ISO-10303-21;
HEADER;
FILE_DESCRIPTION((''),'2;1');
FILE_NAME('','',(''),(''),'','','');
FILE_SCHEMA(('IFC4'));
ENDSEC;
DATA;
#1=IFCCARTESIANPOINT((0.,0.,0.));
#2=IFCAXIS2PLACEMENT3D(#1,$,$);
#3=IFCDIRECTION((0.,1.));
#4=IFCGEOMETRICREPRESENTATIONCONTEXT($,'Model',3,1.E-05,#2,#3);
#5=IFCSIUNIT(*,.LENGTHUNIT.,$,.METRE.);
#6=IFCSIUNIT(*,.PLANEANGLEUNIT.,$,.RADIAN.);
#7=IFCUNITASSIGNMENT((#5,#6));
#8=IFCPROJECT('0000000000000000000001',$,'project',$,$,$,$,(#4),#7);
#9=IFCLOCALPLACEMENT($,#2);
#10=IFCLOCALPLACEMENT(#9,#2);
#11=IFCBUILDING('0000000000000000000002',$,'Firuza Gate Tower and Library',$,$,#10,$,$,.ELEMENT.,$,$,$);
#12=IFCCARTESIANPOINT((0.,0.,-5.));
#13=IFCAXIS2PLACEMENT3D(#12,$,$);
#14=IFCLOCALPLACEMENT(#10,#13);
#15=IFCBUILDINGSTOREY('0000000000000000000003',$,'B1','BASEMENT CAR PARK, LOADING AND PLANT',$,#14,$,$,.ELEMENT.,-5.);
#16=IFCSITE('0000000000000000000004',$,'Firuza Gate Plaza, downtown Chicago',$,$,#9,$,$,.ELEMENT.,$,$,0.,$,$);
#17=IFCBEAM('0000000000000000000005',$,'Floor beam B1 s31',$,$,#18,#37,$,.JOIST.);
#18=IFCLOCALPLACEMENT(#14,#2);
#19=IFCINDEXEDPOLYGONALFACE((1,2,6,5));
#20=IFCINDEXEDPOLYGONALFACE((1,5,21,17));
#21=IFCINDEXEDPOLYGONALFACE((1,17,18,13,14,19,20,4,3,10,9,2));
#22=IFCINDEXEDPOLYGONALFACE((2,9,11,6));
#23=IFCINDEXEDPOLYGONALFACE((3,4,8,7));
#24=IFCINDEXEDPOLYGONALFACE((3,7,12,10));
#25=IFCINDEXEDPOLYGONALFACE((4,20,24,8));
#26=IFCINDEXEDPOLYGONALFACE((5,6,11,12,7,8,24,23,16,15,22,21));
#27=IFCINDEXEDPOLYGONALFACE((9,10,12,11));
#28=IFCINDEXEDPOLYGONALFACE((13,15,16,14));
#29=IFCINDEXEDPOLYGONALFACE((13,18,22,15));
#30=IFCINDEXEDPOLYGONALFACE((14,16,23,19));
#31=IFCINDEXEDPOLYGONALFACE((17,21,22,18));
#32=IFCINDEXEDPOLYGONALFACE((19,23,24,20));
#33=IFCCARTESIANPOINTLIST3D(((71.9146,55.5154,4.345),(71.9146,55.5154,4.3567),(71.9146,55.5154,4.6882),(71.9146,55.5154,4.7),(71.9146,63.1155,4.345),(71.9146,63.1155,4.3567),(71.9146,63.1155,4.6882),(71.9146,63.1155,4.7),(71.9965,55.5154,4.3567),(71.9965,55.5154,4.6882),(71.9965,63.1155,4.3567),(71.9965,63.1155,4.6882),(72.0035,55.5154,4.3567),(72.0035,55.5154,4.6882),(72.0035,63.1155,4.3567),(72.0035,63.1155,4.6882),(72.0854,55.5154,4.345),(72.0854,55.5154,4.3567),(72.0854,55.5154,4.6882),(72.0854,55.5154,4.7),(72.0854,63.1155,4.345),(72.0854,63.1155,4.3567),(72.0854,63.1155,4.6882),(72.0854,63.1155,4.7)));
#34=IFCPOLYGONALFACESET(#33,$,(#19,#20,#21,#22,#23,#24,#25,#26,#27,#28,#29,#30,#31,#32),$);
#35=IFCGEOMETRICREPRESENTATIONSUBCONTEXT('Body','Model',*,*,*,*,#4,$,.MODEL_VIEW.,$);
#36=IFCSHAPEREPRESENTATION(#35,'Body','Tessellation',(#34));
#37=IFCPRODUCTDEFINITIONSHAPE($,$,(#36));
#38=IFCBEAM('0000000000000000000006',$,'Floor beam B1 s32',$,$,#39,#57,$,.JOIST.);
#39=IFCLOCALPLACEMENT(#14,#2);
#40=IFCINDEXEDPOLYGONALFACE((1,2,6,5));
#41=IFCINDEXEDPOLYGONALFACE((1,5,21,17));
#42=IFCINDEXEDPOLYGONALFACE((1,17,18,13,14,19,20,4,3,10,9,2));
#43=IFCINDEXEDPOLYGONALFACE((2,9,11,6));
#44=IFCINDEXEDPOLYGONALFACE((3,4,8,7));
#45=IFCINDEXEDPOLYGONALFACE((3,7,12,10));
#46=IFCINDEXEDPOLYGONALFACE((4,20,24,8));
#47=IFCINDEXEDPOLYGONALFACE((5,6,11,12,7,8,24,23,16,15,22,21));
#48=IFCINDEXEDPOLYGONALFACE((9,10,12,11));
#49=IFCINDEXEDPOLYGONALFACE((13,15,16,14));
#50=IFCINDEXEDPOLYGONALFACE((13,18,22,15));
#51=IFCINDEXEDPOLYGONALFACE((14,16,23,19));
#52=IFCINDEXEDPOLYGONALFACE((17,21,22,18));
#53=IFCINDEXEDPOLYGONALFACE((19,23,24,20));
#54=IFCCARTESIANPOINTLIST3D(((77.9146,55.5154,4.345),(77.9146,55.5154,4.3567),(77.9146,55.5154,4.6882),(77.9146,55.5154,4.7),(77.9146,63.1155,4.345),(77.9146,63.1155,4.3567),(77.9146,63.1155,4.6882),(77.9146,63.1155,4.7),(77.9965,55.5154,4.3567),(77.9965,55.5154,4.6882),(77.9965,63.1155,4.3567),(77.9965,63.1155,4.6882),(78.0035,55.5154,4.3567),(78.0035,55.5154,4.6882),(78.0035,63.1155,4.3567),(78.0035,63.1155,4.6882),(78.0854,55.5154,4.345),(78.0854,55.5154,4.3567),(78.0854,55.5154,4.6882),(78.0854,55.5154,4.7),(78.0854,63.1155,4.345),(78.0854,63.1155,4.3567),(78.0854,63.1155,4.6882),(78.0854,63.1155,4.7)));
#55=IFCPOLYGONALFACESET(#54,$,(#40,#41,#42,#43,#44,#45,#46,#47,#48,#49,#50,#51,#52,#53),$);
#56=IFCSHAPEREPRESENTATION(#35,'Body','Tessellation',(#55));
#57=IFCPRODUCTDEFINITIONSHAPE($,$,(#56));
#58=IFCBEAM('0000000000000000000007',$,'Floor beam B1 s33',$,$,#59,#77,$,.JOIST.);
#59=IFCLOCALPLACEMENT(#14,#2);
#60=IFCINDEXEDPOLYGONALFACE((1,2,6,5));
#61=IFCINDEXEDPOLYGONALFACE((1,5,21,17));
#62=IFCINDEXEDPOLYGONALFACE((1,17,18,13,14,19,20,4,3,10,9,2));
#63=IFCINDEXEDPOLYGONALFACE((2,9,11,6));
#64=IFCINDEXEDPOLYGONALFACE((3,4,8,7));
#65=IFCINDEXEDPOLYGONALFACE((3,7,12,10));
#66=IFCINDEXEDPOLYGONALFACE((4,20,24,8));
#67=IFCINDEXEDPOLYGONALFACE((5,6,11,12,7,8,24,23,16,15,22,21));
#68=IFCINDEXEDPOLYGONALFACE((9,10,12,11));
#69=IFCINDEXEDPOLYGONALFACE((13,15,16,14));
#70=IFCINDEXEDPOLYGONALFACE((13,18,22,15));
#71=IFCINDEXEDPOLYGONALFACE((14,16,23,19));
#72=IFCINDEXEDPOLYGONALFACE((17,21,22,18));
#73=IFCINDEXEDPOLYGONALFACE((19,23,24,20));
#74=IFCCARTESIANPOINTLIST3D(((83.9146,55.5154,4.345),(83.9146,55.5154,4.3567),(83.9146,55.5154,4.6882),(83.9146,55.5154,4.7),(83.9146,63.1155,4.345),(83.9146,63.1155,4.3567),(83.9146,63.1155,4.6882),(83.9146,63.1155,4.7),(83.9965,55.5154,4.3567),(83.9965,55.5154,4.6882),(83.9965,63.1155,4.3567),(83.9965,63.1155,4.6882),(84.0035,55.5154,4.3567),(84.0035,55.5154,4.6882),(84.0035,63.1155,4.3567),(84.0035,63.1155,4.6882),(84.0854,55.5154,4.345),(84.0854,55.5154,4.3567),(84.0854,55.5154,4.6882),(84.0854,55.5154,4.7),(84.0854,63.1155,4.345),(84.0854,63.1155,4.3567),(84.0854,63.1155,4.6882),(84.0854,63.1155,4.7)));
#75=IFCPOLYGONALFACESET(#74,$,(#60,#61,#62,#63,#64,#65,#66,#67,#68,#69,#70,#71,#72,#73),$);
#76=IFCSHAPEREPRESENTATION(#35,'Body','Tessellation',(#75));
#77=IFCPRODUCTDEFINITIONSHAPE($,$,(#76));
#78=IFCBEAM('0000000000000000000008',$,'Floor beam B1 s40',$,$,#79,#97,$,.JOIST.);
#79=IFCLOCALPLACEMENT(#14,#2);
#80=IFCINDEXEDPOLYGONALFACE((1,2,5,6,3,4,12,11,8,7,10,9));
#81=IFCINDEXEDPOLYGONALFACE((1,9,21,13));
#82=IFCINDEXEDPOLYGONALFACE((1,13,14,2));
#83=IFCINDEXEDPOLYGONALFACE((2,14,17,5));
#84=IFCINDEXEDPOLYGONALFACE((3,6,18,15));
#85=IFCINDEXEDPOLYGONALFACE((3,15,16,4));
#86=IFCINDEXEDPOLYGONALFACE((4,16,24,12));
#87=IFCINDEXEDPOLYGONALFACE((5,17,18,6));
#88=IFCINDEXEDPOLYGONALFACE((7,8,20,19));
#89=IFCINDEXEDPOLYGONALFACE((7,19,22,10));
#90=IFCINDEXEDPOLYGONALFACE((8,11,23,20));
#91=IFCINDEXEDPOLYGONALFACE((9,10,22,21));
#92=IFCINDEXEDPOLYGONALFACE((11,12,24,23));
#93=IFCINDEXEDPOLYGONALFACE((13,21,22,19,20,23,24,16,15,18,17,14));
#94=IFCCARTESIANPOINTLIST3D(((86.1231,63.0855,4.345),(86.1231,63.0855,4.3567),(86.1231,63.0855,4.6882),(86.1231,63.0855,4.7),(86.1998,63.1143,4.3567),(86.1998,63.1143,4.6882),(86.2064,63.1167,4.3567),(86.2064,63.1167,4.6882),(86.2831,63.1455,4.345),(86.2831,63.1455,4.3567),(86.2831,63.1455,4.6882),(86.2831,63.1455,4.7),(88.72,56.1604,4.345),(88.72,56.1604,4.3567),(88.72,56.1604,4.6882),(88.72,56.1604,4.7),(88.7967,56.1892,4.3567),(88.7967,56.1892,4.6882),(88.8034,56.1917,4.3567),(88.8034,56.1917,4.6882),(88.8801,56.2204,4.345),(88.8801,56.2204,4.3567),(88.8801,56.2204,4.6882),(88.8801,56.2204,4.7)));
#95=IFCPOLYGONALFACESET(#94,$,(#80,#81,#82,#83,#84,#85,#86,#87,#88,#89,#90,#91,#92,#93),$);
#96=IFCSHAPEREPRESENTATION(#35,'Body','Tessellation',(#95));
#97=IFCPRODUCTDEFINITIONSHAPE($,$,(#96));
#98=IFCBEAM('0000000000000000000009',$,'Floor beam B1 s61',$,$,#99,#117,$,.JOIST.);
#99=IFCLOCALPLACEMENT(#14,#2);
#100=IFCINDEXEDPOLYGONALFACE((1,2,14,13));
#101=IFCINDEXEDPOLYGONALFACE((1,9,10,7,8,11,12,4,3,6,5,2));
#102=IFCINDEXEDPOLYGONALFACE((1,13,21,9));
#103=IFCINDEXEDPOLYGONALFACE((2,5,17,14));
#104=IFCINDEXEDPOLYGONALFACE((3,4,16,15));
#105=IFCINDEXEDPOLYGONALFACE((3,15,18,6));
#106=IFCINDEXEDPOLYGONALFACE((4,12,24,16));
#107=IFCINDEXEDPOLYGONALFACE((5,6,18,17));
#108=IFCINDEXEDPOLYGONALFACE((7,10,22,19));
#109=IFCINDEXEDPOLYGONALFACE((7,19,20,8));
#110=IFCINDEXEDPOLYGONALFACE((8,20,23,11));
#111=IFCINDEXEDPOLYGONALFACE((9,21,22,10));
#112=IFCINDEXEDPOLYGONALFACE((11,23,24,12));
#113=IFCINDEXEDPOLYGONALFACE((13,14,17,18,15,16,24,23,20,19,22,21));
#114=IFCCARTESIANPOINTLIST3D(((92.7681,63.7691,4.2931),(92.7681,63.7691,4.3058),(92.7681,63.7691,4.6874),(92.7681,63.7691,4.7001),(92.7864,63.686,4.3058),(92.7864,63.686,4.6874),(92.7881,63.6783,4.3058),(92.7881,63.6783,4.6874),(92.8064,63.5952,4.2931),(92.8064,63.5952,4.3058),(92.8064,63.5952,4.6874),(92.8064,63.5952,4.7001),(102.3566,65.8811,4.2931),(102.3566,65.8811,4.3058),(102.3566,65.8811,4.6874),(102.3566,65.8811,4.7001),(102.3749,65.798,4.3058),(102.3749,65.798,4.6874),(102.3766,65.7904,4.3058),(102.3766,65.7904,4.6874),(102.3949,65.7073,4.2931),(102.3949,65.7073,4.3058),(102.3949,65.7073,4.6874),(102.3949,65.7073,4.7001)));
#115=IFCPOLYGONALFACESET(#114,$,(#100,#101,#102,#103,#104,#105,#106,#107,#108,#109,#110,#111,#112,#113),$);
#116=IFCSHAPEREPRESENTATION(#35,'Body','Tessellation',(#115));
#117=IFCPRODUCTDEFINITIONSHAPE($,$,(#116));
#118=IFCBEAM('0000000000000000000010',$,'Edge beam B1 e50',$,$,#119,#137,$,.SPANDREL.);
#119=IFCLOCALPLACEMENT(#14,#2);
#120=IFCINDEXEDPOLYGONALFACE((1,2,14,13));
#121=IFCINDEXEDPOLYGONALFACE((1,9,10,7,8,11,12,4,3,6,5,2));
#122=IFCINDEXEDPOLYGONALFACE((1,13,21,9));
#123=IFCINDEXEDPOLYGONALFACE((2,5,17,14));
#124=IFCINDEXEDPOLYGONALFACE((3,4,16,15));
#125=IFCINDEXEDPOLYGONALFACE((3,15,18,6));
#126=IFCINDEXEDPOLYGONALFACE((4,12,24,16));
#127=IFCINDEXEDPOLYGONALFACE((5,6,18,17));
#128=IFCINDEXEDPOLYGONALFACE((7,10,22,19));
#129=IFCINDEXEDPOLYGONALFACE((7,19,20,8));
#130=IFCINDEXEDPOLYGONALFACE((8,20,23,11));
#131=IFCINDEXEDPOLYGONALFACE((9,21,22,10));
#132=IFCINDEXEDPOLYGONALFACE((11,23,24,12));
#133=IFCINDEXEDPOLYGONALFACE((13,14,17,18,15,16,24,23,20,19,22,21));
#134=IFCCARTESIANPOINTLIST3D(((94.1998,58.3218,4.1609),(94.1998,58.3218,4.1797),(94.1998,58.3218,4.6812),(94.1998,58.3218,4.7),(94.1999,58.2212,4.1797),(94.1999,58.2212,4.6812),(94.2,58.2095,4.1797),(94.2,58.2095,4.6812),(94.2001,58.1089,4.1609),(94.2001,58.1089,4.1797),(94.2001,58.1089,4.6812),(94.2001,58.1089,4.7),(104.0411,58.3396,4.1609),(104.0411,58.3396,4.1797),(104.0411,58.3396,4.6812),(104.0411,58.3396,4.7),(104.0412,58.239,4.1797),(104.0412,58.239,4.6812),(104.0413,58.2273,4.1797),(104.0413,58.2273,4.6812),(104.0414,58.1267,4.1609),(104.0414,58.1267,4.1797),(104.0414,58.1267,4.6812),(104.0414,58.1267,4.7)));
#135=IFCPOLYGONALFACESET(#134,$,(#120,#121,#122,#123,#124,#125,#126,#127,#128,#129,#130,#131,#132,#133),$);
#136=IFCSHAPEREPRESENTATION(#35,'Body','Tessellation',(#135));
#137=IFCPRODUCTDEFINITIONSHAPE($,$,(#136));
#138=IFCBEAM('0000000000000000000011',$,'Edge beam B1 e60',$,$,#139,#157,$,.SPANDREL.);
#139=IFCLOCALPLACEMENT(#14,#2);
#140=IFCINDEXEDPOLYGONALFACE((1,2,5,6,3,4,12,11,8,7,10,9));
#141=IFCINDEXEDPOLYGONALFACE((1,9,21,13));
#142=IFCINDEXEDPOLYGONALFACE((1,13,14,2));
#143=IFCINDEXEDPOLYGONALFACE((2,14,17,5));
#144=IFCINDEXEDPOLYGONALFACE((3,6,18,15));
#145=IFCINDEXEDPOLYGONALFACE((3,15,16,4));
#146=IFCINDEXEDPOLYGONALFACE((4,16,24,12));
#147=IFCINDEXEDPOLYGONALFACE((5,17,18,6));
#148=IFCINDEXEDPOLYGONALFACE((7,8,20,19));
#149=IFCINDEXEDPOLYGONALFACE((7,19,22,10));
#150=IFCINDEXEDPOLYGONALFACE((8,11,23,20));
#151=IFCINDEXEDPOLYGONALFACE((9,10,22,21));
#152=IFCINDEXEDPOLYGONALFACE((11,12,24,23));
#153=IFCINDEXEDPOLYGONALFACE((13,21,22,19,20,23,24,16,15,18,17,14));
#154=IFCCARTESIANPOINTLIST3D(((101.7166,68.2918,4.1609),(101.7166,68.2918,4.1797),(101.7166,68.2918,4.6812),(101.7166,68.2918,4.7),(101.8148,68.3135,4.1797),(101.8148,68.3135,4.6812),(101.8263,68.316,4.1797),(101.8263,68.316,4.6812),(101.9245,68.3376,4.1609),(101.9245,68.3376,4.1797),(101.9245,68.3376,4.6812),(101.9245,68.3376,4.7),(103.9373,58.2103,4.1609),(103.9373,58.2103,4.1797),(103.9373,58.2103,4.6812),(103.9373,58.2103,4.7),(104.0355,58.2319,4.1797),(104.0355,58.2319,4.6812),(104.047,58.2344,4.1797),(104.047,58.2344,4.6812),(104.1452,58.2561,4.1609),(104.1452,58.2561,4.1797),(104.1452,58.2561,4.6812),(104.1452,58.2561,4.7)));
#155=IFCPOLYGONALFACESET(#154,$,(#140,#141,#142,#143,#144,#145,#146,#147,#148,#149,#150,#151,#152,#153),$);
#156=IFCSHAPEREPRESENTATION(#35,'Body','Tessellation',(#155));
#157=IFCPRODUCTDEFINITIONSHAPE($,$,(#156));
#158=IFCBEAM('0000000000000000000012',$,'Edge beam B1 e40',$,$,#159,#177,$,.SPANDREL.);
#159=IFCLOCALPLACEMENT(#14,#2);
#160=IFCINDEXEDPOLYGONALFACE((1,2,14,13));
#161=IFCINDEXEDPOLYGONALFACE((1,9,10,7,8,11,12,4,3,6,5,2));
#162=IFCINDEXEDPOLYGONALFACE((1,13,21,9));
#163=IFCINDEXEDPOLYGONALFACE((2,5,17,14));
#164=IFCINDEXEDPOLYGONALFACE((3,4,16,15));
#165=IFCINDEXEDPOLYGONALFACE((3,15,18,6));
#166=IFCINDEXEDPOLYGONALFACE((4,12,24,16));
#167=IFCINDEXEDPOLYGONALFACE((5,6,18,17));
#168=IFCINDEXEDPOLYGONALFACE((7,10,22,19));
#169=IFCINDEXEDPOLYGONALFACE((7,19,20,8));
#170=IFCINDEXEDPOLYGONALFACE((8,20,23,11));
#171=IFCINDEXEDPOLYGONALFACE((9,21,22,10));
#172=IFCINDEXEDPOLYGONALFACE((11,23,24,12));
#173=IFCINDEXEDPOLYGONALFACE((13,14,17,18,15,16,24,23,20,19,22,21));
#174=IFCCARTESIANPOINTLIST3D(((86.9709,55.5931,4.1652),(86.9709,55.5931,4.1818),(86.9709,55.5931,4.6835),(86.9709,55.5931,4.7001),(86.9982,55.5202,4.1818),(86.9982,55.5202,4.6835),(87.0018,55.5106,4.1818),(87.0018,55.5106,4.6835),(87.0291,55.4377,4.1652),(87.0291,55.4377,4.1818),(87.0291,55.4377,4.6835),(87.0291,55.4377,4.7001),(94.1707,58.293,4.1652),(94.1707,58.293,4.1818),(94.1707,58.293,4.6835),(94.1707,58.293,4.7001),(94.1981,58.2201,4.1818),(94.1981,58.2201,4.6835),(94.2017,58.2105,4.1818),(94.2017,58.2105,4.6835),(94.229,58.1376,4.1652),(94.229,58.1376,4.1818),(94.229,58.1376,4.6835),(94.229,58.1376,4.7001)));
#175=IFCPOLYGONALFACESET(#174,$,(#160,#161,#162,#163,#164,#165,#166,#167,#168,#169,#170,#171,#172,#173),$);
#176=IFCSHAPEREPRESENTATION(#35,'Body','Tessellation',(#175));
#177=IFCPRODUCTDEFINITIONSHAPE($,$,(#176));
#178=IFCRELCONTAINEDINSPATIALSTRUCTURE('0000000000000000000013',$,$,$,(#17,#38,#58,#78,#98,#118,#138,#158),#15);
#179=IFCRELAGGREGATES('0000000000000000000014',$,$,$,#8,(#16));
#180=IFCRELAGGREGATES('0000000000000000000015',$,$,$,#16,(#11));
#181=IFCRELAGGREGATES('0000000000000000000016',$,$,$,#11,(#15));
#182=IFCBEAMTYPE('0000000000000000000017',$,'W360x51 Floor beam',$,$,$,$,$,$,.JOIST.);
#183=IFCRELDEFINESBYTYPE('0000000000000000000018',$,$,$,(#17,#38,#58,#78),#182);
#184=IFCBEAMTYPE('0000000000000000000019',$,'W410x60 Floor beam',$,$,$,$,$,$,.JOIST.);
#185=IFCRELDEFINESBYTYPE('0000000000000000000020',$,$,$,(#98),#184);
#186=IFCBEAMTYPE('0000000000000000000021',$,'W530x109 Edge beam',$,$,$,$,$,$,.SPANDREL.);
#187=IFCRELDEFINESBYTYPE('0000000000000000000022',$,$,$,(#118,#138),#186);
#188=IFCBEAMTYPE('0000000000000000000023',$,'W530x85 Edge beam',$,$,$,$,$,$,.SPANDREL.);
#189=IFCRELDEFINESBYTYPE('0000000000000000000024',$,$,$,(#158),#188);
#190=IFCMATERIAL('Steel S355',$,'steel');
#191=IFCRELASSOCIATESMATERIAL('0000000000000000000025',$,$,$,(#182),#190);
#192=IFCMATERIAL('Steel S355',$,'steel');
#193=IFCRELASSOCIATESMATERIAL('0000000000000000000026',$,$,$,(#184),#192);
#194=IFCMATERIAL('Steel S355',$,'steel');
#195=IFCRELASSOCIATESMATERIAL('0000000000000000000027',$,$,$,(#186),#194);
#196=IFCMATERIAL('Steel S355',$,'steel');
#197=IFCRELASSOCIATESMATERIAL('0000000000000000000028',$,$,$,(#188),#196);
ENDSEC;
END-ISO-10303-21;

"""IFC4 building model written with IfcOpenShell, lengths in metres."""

from ifc_helpers import new_model, si_unit, direction, frame, origin, origin_2d, place, context, subcontext, project, spatial, i_section, extrude, material, material_profile, profile_set, type_object, element, save


model = new_model("IFC4")

# Units and contexts
model_context = context("Model", 3, precision=1e-05, world=origin(), true_north=direction((0.0, 1.0)))
body_context = subcontext(model_context, "Body", "Model", "MODEL_VIEW")
ifc_project = project(units=[si_unit("LENGTHUNIT", "METRE"), si_unit("PLANEANGLEUNIT", "RADIAN")], contexts=[model_context])

# Site, building, storey
site_placement = place(None, origin())
site = spatial("IfcSite", under=ifc_project, at=site_placement, Name="Firuza Gate Plaza, downtown Chicago", CompositionType="ELEMENT", RefElevation=0.0)
building_placement = place(site_placement, origin())
building = spatial("IfcBuilding", under=site, at=building_placement, Name="Firuza Gate Tower and Library", CompositionType="ELEMENT")
storey_placement = place(building_placement, frame((0.0, 0.0, -5.0)))
storey = spatial("IfcBuildingStorey", under=building, at=storey_placement, Name="B1", Description="BASEMENT CAR PARK, LOADING AND PLANT", CompositionType="ELEMENT", Elevation=-5.0)

# Beams
ifc_material_1 = material(Name="Steel S355", Category="steel")
ifc_material_profile_1 = material_profile(ifc_material_1, i_section(OverallWidth=0.1709, OverallDepth=0.355, WebThickness=0.0071, FlangeThickness=0.0117, at=origin_2d()))
ifc_profile_set_1 = profile_set([ifc_material_profile_1], Name="Steel S355")
beam_type_1 = type_object("IfcBeamType", Name="W360x51 Floor beam", PredefinedType="JOIST", material=ifc_profile_set_1)
for number, where, z_axis, x_axis, name in (
    (1, (72.0, 55.5154, 4.5225), (0.0, 1.0, 0.0), (-1.0, 0.0, 0.0), "Floor beam B1 s31"),
    (2, (78.0, 55.5154, 4.5225), (0.0, 1.0, 0.0), (-1.0, 0.0, 0.0), "Floor beam B1 s32"),
    (3, (84.0, 55.5154, 4.5225), (0.0, 1.0, 0.0), (-1.0, 0.0, 0.0), "Floor beam B1 s33"),
):
    element("IfcBeam", number, at=place(storey_placement, frame(where, z_axis=z_axis, x_axis=x_axis)), inside=storey, type_object=beam_type_1, Name=name, PredefinedType="JOIST", context=body_context, shape_type="SweptSolid", body=[
        extrude(i_section(OverallWidth=0.1709, OverallDepth=0.355, WebThickness=0.0071, FlangeThickness=0.0117, at=origin_2d()), origin(), (0.0, 0.0, 1.0), 7.6001),
    ])
beam_1_placement = place(storey_placement, frame((88.8, 56.1904, 4.5225), z_axis=(-0.351127, 0.936328, 0.0), x_axis=(-0.936328, -0.351127, 0.0)))
element("IfcBeam", 4, at=beam_1_placement, inside=storey, type_object=beam_type_1, Name="Floor beam B1 s40", PredefinedType="JOIST", context=body_context, shape_type="SweptSolid", body=[
    extrude(i_section(OverallWidth=0.1709, OverallDepth=0.355, WebThickness=0.0071, FlangeThickness=0.0117, at=origin_2d()), origin(), (0.0, 0.0, 1.0), 7.396),
])
ifc_material_2 = material(Name="Steel S355", Category="steel")
ifc_material_profile_2 = material_profile(ifc_material_2, i_section(OverallWidth=0.178, OverallDepth=0.407, WebThickness=0.0078, FlangeThickness=0.0127, at=origin_2d()))
ifc_profile_set_2 = profile_set([ifc_material_profile_2], Name="Steel S355")
beam_type_2 = type_object("IfcBeamType", Name="W410x60 Floor beam", PredefinedType="JOIST", material=ifc_profile_set_2)
beam_2_placement = place(storey_placement, frame((102.3757, 65.7942, 4.4966), z_axis=(-0.97659, -0.215111, 0.0), x_axis=(0.215111, -0.97659, 0.0)))
element("IfcBeam", 5, at=beam_2_placement, inside=storey, type_object=beam_type_2, Name="Floor beam B1 s61", PredefinedType="JOIST", context=body_context, shape_type="SweptSolid", body=[
    extrude(i_section(OverallWidth=0.178, OverallDepth=0.407, WebThickness=0.0078, FlangeThickness=0.0127, at=origin_2d()), origin(), (0.0, 0.0, 1.0), 9.8184),
])
ifc_material_3 = material(Name="Steel S355", Category="steel")
ifc_material_profile_3 = material_profile(ifc_material_3, i_section(OverallWidth=0.2129, OverallDepth=0.5391, WebThickness=0.0117, FlangeThickness=0.0188, at=origin_2d()))
ifc_profile_set_3 = profile_set([ifc_material_profile_3], Name="Steel S355")
beam_type_3 = type_object("IfcBeamType", Name="W530x109 Edge beam", PredefinedType="SPANDREL", material=ifc_profile_set_3)
beam_3_placement = place(storey_placement, frame((94.2, 58.2153, 4.4304), z_axis=(0.999998, 0.001811, 0.0), x_axis=(-0.001811, 0.999998, 0.0)))
element("IfcBeam", 6, at=beam_3_placement, inside=storey, type_object=beam_type_3, Name="Edge beam B1 e50", PredefinedType="SPANDREL", context=body_context, shape_type="SweptSolid", body=[
    extrude(i_section(OverallWidth=0.2129, OverallDepth=0.5391, WebThickness=0.0117, FlangeThickness=0.0188, at=origin_2d()), origin(), (0.0, 0.0, 1.0), 9.8413),
])
beam_4_placement = place(storey_placement, frame((104.0413, 58.2332, 4.4304), z_axis=(-0.215117, 0.976588, 0.0), x_axis=(-0.976588, -0.215117, 0.0)))
element("IfcBeam", 7, at=beam_4_placement, inside=storey, type_object=beam_type_3, Name="Edge beam B1 e60", PredefinedType="SPANDREL", context=body_context, shape_type="SweptSolid", body=[
    extrude(i_section(OverallWidth=0.2129, OverallDepth=0.5391, WebThickness=0.0117, FlangeThickness=0.0188, at=origin_2d()), origin(), (0.0, 0.0, 1.0), 10.3232),
])
ifc_material_4 = material(Name="Steel S355", Category="steel")
ifc_material_profile_4 = material_profile(ifc_material_4, i_section(OverallWidth=0.166, OverallDepth=0.5349, WebThickness=0.0103, FlangeThickness=0.0166, at=origin_2d()))
ifc_profile_set_4 = profile_set([ifc_material_profile_4], Name="Steel S355")
beam_type_4 = type_object("IfcBeamType", Name="W530x85 Edge beam", PredefinedType="SPANDREL", material=ifc_profile_set_4)
beam_5_placement = place(storey_placement, frame((87.0, 55.5154, 4.4326), z_axis=(0.93633, 0.35112, 0.0), x_axis=(-0.35112, 0.93633, 0.0)))
element("IfcBeam", 8, at=beam_5_placement, inside=storey, type_object=beam_type_4, Name="Edge beam B1 e40", PredefinedType="SPANDREL", context=body_context, shape_type="SweptSolid", body=[
    extrude(i_section(OverallWidth=0.166, OverallDepth=0.5349, WebThickness=0.0103, FlangeThickness=0.0166, at=origin_2d()), origin(), (0.0, 0.0, 1.0), 7.6895),
])

save(model, "model.ifc")
